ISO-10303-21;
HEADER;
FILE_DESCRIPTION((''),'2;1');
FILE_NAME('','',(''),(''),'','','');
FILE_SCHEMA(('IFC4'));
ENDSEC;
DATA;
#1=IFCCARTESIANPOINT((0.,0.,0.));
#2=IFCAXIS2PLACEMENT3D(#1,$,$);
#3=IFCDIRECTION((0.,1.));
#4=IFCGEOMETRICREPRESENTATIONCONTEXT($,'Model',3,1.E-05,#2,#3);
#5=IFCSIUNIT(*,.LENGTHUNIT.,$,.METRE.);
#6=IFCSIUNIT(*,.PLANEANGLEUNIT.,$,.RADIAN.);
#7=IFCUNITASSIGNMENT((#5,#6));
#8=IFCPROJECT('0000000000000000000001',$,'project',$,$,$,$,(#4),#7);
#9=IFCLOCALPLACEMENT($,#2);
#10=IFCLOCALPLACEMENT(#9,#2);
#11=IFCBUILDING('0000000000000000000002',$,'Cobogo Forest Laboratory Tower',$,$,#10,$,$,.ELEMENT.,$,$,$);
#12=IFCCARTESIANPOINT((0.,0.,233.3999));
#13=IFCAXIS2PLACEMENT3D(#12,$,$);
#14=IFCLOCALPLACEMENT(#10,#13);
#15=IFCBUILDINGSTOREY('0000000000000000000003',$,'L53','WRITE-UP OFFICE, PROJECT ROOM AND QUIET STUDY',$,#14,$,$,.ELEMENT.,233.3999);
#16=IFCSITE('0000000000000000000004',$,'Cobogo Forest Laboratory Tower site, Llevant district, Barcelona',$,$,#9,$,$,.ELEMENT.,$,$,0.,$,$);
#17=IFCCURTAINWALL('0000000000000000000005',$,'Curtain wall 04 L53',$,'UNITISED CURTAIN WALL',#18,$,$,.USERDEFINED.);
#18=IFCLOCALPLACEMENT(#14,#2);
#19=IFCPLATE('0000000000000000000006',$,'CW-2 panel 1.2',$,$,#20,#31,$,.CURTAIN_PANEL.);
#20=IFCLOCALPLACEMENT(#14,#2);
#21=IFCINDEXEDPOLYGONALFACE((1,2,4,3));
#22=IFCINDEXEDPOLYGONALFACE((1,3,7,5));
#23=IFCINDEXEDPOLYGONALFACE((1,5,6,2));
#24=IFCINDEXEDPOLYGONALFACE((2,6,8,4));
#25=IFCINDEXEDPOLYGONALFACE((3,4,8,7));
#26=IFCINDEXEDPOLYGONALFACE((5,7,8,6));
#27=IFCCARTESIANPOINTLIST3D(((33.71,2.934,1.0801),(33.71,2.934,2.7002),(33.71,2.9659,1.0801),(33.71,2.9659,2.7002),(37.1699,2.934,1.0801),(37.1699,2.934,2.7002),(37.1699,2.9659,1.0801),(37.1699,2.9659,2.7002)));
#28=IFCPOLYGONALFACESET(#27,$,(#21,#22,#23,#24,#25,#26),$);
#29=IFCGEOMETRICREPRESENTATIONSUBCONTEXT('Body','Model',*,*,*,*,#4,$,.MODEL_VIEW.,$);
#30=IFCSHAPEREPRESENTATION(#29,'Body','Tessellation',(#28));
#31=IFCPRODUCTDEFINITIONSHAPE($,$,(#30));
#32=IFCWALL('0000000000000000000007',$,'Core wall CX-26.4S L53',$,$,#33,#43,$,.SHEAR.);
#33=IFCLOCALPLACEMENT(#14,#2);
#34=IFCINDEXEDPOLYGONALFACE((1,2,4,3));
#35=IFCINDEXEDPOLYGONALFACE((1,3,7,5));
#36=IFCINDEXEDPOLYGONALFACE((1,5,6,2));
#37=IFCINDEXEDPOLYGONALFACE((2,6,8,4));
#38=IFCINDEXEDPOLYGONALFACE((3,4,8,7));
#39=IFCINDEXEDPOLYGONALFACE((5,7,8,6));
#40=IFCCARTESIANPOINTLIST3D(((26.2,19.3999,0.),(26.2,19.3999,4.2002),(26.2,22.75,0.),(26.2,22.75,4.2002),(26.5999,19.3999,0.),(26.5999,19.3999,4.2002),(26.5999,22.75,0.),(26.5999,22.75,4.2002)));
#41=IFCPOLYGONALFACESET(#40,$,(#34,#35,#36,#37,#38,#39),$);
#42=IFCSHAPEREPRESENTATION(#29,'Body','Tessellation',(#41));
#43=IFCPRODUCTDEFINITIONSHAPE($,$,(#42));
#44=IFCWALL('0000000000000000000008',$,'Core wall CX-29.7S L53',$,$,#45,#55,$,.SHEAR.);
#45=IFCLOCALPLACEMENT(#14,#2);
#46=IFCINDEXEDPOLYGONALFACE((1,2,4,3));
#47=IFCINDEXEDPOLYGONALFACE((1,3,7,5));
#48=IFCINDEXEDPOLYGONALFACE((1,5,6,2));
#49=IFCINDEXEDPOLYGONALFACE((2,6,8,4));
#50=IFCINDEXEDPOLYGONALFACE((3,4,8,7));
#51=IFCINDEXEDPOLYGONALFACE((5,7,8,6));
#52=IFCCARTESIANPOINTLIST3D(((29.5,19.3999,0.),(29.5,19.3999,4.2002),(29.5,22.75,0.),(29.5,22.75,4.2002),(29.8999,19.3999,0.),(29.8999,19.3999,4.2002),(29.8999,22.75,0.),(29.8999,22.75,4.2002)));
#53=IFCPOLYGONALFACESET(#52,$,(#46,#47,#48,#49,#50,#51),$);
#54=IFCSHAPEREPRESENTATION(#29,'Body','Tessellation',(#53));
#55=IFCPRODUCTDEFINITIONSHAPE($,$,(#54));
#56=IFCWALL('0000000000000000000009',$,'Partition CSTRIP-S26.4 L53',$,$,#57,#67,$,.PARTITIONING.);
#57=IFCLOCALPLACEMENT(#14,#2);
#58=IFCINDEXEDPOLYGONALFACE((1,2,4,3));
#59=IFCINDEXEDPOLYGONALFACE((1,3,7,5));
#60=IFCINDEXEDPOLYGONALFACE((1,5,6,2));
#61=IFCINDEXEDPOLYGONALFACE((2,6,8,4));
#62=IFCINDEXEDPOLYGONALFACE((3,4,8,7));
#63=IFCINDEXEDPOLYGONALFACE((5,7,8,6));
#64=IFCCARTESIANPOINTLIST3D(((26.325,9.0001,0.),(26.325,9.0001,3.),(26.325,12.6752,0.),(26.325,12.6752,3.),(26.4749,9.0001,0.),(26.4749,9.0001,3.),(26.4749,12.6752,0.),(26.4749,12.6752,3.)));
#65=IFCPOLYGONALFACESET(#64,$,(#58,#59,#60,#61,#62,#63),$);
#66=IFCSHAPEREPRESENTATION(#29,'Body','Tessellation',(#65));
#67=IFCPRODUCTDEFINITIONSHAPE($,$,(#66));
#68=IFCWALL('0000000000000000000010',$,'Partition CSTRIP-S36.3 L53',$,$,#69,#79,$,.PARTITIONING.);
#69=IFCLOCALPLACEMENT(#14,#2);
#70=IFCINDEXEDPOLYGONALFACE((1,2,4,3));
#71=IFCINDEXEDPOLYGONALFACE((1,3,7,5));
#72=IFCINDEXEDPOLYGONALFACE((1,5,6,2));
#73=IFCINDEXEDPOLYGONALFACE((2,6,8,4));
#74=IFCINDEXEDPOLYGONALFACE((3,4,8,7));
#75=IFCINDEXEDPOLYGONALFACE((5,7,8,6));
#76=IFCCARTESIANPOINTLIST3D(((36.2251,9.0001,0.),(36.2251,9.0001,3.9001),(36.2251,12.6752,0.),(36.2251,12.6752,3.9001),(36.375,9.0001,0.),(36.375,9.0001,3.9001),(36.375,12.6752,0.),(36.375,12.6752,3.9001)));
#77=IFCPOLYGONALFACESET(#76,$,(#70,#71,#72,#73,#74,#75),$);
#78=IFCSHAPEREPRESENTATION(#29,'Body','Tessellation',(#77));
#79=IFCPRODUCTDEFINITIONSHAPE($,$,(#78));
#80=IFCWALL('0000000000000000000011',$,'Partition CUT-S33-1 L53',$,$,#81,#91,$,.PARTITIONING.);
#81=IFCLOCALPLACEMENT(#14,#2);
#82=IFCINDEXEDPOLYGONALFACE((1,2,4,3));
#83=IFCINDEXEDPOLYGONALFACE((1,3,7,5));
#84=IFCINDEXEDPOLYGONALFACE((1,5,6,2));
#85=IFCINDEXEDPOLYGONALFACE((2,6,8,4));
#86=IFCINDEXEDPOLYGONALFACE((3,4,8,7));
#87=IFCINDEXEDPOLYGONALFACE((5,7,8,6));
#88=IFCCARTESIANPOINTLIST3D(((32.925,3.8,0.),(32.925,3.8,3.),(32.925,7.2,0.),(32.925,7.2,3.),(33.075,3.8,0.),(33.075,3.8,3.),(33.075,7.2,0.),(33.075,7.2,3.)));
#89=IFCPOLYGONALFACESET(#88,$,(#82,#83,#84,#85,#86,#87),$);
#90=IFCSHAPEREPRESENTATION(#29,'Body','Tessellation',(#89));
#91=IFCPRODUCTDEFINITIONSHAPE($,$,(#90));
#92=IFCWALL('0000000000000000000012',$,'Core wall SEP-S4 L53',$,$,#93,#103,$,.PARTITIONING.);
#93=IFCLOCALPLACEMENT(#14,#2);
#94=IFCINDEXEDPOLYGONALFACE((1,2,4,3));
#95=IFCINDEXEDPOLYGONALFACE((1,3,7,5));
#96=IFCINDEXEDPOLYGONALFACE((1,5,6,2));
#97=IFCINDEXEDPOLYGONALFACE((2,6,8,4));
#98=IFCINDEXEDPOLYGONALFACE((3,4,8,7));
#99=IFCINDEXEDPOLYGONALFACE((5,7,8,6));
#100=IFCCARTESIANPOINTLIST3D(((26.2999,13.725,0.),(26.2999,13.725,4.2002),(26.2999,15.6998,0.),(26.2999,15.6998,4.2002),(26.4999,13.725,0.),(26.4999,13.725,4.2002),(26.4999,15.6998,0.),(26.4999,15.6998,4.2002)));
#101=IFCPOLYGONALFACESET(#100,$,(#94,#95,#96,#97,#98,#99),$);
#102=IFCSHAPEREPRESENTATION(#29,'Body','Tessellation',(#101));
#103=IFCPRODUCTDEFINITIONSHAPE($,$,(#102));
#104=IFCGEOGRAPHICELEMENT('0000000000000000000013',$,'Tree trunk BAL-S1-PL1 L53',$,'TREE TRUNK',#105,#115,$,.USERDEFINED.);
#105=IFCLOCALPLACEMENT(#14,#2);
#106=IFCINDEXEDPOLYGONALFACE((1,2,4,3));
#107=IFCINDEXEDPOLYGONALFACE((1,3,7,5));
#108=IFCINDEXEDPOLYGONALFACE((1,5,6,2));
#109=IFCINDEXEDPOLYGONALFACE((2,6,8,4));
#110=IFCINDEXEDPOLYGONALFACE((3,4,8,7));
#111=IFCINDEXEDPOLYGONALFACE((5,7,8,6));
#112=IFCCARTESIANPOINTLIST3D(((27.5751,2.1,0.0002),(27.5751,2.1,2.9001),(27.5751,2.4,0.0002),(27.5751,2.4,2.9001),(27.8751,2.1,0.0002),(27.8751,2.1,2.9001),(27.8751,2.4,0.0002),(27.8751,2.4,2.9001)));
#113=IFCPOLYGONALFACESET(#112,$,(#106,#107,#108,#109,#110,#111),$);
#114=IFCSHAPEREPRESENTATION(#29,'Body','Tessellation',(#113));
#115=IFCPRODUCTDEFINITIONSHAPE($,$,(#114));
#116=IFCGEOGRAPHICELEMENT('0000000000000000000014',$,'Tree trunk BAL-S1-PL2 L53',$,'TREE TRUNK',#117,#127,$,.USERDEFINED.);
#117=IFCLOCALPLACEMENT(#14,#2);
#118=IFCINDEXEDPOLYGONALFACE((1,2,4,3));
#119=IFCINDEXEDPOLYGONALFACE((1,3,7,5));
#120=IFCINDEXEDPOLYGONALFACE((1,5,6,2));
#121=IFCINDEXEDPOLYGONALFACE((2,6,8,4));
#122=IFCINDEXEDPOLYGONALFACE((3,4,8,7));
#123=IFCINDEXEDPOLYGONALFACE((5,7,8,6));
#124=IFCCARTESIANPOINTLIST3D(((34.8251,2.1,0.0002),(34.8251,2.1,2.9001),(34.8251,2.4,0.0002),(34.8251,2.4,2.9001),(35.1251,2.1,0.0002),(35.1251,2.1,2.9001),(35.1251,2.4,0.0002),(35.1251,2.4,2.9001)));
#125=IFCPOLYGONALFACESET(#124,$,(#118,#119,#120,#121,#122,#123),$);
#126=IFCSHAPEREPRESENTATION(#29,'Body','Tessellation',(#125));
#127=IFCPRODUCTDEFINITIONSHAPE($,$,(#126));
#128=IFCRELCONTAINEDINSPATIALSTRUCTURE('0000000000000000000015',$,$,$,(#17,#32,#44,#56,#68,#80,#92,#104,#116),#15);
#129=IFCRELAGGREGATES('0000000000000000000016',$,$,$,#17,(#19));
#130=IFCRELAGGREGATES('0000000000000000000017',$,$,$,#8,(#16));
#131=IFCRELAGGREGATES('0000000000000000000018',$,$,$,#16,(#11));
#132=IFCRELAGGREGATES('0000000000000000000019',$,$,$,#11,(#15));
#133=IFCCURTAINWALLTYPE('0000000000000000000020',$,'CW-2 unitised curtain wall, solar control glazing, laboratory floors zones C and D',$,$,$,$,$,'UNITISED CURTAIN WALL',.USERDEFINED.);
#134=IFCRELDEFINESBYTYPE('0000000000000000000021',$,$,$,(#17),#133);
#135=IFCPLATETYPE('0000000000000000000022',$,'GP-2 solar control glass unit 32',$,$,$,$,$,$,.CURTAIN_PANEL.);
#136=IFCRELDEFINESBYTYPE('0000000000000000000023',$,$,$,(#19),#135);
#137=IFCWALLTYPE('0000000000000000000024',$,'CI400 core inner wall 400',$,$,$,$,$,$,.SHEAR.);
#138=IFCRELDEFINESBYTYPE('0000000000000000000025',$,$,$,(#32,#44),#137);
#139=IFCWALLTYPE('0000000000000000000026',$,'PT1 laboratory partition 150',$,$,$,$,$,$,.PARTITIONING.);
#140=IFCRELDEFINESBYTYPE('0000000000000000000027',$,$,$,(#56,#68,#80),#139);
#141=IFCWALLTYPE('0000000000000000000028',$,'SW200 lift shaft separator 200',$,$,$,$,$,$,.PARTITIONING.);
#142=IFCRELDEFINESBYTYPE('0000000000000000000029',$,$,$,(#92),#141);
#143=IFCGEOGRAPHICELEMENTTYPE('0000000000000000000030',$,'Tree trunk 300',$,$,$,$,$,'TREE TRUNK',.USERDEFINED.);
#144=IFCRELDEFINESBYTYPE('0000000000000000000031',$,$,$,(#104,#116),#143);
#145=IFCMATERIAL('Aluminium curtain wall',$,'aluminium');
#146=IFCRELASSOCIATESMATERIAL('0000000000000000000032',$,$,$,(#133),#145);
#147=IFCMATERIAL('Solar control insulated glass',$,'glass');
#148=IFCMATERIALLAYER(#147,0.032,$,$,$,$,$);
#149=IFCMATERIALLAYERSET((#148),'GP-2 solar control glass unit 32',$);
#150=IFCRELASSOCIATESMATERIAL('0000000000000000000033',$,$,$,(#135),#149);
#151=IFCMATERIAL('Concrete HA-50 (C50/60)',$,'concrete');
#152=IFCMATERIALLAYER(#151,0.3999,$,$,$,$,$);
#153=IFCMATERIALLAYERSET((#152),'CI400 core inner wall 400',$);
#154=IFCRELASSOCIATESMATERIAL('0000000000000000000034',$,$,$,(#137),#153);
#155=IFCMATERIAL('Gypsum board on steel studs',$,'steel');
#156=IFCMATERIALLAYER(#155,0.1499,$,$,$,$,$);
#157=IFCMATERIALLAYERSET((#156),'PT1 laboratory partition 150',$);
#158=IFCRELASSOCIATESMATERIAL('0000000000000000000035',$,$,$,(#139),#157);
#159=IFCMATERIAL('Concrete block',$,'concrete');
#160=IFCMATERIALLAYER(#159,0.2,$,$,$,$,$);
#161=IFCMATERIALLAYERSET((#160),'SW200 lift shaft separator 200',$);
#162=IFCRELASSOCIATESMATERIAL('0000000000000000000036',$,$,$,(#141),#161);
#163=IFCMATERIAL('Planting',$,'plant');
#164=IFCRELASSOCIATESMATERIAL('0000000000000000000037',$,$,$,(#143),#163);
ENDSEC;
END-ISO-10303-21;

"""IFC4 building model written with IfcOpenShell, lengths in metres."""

from ifc_helpers import new_model, si_unit, direction, frame, frame_2d, origin, origin_2d, place, context, subcontext, project, spatial, rectangle, extrude, material, layer, layer_set, type_object, element, aggregate, save


model = new_model("IFC4")

# Units and contexts
model_context = context("Model", 3, precision=1e-05, world=origin(), true_north=direction((0.0, 1.0)))
body_context = subcontext(model_context, "Body", "Model", "MODEL_VIEW")
ifc_project = project(units=[si_unit("LENGTHUNIT", "METRE"), si_unit("PLANEANGLEUNIT", "RADIAN")], contexts=[model_context])

# Site, building, storey
site_placement = place(None, origin())
site = spatial("IfcSite", under=ifc_project, at=site_placement, Name="Cobogo Forest Laboratory Tower site, Llevant district, Barcelona", CompositionType="ELEMENT", RefElevation=0.0)
building_placement = place(site_placement, origin())
building = spatial("IfcBuilding", under=site, at=building_placement, Name="Cobogo Forest Laboratory Tower", CompositionType="ELEMENT")
storey_placement = place(building_placement, frame((0.0, 0.0, 233.3999)))
storey = spatial("IfcBuildingStorey", under=building, at=storey_placement, Name="L53", Description="WRITE-UP OFFICE, PROJECT ROOM AND QUIET STUDY", CompositionType="ELEMENT", Elevation=233.3999)

# Shared definitions
ifc_material_1 = material(Name="Concrete HA-50 (C50/60)", Category="concrete")

# Curtain wall
ifc_material_2 = material(Name="Aluminium curtain wall", Category="aluminium")
curtain_wall_type = type_object("IfcCurtainWallType", Name="CW-2 unitised curtain wall, solar control glazing, laboratory floors zones C and D", ElementType="UNITISED CURTAIN WALL", PredefinedType="USERDEFINED", material=ifc_material_2)
curtain_wall_1_placement = place(storey_placement, origin())
curtain_wall_1 = element("IfcCurtainWall", 1, at=curtain_wall_1_placement, inside=storey, type_object=curtain_wall_type, Name="Curtain wall 04 L53", ObjectType="UNITISED CURTAIN WALL", PredefinedType="USERDEFINED")

# Plate
ifc_material_3 = material(Name="Solar control insulated glass", Category="glass")
ifc_layer_1 = layer(ifc_material_3, 0.032)
ifc_layer_set_1 = layer_set([ifc_layer_1], Name="GP-2 solar control glass unit 32")
plate_type = type_object("IfcPlateType", Name="GP-2 solar control glass unit 32", PredefinedType="CURTAIN_PANEL", material=ifc_layer_set_1)
plate_1_placement = place(storey_placement, frame((35.4399, 2.95, 1.0801), z_axis=(0.0, 0.0, 1.0), x_axis=(1.0, 0.0, 0.0)))
plate_1 = element("IfcPlate", 2, at=plate_1_placement, type_object=plate_type, Name="CW-2 panel 1.2", PredefinedType="CURTAIN_PANEL", context=body_context, shape_type="SweptSolid", body=[
    extrude(rectangle(XDim=3.46, YDim=0.032, at=origin_2d()), origin(), (0.0, 0.0, 1.0), 1.6201),
])
aggregate(curtain_wall_1, [plate_1])

# Walls
ifc_layer_2 = layer(ifc_material_1, 0.3999)
ifc_layer_set_2 = layer_set([ifc_layer_2], Name="CI400 core inner wall 400")
wall_type_1 = type_object("IfcWallType", Name="CI400 core inner wall 400", PredefinedType="SHEAR", material=ifc_layer_set_2)
for number, where, z_axis, x_axis, name in (
    (3, (26.3999, 19.3999, 0.0), (0.0, 0.0, 1.0), (0.0, 1.0, 0.0), "Core wall CX-26.4S L53"),
    (4, (29.7, 19.3999, 0.0), (0.0, 0.0, 1.0), (0.0, 1.0, 0.0), "Core wall CX-29.7S L53"),
):
    element("IfcWall", number, at=place(storey_placement, frame(where, z_axis=z_axis, x_axis=x_axis)), inside=storey, type_object=wall_type_1, Name=name, PredefinedType="SHEAR", context=body_context, shape_type="SweptSolid", body=[
        extrude(rectangle(XDim=3.3501, YDim=0.3999, at=frame_2d((1.675, 0.0))), origin(), (0.0, 0.0, 1.0), 4.2002),
    ])

# Walls
ifc_material_4 = material(Name="Gypsum board on steel studs", Category="steel")
ifc_layer_3 = layer(ifc_material_4, 0.1499)
ifc_layer_set_3 = layer_set([ifc_layer_3], Name="PT1 laboratory partition 150")
wall_type_2 = type_object("IfcWallType", Name="PT1 laboratory partition 150", PredefinedType="PARTITIONING", material=ifc_layer_set_3)
wall_1_placement = place(storey_placement, frame((26.3999, 12.675, 0.0), z_axis=(0.0, 0.0, 1.0), x_axis=(0.0, -1.0, 0.0)))
element("IfcWall", 5, at=wall_1_placement, inside=storey, type_object=wall_type_2, Name="Partition CSTRIP-S26.4 L53", PredefinedType="PARTITIONING", context=body_context, shape_type="SweptSolid", body=[
    extrude(rectangle(XDim=3.675, YDim=0.1499, at=frame_2d((1.8374, 0.0))), origin(), (0.0, 0.0, 1.0), 3.0),
])
wall_2_placement = place(storey_placement, frame((36.3, 12.675, 0.0), z_axis=(0.0, 0.0, 1.0), x_axis=(0.0, -1.0, 0.0)))
element("IfcWall", 6, at=wall_2_placement, inside=storey, type_object=wall_type_2, Name="Partition CSTRIP-S36.3 L53", PredefinedType="PARTITIONING", context=body_context, shape_type="SweptSolid", body=[
    extrude(rectangle(XDim=3.675, YDim=0.1499, at=frame_2d((1.8374, 0.0))), origin(), (0.0, 0.0, 1.0), 3.9001),
])
wall_3_placement = place(storey_placement, frame((33.0, 3.8, 0.0), z_axis=(0.0, 0.0, 1.0), x_axis=(0.0, 1.0, 0.0)))
element("IfcWall", 7, at=wall_3_placement, inside=storey, type_object=wall_type_2, Name="Partition CUT-S33-1 L53", PredefinedType="PARTITIONING", context=body_context, shape_type="SweptSolid", body=[
    extrude(rectangle(XDim=3.3999, YDim=0.1499, at=frame_2d((1.7, 0.0))), origin(), (0.0, 0.0, 1.0), 3.0),
])
ifc_material_5 = material(Name="Concrete block", Category="concrete")
ifc_layer_4 = layer(ifc_material_5, 0.2)
ifc_layer_set_4 = layer_set([ifc_layer_4], Name="SW200 lift shaft separator 200")
wall_type_3 = type_object("IfcWallType", Name="SW200 lift shaft separator 200", PredefinedType="PARTITIONING", material=ifc_layer_set_4)
wall_4_placement = place(storey_placement, frame((26.3999, 13.7251, 0.0), z_axis=(0.0, 0.0, 1.0), x_axis=(0.0, 1.0, 0.0)))
element("IfcWall", 8, at=wall_4_placement, inside=storey, type_object=wall_type_3, Name="Core wall SEP-S4 L53", PredefinedType="PARTITIONING", context=body_context, shape_type="SweptSolid", body=[
    extrude(rectangle(XDim=1.9749, YDim=0.2, at=frame_2d((0.9873, 0.0))), origin(), (0.0, 0.0, 1.0), 4.2002),
])

# Geographic elements
ifc_material_6 = material(Name="Planting", Category="plant")
geographic_element_type = type_object("IfcGeographicElementType", Name="Tree trunk 300", ElementType="TREE TRUNK", PredefinedType="USERDEFINED", material=ifc_material_6)
for number, where, z_axis, x_axis, name in (
    (9, (27.7251, 2.25, 0.0002), (0.0, 0.0, 1.0), (1.0, 0.0, 0.0), "Tree trunk BAL-S1-PL1 L53"),
    (10, (34.9751, 2.25, 0.0002), (0.0, 0.0, 1.0), (1.0, 0.0, 0.0), "Tree trunk BAL-S1-PL2 L53"),
):
    element("IfcGeographicElement", number, at=place(storey_placement, frame(where, z_axis=z_axis, x_axis=x_axis)), inside=storey, type_object=geographic_element_type, Name=name, ObjectType="TREE TRUNK", PredefinedType="USERDEFINED", context=body_context, shape_type="SweptSolid", body=[
        extrude(rectangle(XDim=0.3, YDim=0.3, at=origin_2d()), origin(), (0.0, 0.0, 1.0), 2.8999),
    ])

save(model, "model.ifc")
